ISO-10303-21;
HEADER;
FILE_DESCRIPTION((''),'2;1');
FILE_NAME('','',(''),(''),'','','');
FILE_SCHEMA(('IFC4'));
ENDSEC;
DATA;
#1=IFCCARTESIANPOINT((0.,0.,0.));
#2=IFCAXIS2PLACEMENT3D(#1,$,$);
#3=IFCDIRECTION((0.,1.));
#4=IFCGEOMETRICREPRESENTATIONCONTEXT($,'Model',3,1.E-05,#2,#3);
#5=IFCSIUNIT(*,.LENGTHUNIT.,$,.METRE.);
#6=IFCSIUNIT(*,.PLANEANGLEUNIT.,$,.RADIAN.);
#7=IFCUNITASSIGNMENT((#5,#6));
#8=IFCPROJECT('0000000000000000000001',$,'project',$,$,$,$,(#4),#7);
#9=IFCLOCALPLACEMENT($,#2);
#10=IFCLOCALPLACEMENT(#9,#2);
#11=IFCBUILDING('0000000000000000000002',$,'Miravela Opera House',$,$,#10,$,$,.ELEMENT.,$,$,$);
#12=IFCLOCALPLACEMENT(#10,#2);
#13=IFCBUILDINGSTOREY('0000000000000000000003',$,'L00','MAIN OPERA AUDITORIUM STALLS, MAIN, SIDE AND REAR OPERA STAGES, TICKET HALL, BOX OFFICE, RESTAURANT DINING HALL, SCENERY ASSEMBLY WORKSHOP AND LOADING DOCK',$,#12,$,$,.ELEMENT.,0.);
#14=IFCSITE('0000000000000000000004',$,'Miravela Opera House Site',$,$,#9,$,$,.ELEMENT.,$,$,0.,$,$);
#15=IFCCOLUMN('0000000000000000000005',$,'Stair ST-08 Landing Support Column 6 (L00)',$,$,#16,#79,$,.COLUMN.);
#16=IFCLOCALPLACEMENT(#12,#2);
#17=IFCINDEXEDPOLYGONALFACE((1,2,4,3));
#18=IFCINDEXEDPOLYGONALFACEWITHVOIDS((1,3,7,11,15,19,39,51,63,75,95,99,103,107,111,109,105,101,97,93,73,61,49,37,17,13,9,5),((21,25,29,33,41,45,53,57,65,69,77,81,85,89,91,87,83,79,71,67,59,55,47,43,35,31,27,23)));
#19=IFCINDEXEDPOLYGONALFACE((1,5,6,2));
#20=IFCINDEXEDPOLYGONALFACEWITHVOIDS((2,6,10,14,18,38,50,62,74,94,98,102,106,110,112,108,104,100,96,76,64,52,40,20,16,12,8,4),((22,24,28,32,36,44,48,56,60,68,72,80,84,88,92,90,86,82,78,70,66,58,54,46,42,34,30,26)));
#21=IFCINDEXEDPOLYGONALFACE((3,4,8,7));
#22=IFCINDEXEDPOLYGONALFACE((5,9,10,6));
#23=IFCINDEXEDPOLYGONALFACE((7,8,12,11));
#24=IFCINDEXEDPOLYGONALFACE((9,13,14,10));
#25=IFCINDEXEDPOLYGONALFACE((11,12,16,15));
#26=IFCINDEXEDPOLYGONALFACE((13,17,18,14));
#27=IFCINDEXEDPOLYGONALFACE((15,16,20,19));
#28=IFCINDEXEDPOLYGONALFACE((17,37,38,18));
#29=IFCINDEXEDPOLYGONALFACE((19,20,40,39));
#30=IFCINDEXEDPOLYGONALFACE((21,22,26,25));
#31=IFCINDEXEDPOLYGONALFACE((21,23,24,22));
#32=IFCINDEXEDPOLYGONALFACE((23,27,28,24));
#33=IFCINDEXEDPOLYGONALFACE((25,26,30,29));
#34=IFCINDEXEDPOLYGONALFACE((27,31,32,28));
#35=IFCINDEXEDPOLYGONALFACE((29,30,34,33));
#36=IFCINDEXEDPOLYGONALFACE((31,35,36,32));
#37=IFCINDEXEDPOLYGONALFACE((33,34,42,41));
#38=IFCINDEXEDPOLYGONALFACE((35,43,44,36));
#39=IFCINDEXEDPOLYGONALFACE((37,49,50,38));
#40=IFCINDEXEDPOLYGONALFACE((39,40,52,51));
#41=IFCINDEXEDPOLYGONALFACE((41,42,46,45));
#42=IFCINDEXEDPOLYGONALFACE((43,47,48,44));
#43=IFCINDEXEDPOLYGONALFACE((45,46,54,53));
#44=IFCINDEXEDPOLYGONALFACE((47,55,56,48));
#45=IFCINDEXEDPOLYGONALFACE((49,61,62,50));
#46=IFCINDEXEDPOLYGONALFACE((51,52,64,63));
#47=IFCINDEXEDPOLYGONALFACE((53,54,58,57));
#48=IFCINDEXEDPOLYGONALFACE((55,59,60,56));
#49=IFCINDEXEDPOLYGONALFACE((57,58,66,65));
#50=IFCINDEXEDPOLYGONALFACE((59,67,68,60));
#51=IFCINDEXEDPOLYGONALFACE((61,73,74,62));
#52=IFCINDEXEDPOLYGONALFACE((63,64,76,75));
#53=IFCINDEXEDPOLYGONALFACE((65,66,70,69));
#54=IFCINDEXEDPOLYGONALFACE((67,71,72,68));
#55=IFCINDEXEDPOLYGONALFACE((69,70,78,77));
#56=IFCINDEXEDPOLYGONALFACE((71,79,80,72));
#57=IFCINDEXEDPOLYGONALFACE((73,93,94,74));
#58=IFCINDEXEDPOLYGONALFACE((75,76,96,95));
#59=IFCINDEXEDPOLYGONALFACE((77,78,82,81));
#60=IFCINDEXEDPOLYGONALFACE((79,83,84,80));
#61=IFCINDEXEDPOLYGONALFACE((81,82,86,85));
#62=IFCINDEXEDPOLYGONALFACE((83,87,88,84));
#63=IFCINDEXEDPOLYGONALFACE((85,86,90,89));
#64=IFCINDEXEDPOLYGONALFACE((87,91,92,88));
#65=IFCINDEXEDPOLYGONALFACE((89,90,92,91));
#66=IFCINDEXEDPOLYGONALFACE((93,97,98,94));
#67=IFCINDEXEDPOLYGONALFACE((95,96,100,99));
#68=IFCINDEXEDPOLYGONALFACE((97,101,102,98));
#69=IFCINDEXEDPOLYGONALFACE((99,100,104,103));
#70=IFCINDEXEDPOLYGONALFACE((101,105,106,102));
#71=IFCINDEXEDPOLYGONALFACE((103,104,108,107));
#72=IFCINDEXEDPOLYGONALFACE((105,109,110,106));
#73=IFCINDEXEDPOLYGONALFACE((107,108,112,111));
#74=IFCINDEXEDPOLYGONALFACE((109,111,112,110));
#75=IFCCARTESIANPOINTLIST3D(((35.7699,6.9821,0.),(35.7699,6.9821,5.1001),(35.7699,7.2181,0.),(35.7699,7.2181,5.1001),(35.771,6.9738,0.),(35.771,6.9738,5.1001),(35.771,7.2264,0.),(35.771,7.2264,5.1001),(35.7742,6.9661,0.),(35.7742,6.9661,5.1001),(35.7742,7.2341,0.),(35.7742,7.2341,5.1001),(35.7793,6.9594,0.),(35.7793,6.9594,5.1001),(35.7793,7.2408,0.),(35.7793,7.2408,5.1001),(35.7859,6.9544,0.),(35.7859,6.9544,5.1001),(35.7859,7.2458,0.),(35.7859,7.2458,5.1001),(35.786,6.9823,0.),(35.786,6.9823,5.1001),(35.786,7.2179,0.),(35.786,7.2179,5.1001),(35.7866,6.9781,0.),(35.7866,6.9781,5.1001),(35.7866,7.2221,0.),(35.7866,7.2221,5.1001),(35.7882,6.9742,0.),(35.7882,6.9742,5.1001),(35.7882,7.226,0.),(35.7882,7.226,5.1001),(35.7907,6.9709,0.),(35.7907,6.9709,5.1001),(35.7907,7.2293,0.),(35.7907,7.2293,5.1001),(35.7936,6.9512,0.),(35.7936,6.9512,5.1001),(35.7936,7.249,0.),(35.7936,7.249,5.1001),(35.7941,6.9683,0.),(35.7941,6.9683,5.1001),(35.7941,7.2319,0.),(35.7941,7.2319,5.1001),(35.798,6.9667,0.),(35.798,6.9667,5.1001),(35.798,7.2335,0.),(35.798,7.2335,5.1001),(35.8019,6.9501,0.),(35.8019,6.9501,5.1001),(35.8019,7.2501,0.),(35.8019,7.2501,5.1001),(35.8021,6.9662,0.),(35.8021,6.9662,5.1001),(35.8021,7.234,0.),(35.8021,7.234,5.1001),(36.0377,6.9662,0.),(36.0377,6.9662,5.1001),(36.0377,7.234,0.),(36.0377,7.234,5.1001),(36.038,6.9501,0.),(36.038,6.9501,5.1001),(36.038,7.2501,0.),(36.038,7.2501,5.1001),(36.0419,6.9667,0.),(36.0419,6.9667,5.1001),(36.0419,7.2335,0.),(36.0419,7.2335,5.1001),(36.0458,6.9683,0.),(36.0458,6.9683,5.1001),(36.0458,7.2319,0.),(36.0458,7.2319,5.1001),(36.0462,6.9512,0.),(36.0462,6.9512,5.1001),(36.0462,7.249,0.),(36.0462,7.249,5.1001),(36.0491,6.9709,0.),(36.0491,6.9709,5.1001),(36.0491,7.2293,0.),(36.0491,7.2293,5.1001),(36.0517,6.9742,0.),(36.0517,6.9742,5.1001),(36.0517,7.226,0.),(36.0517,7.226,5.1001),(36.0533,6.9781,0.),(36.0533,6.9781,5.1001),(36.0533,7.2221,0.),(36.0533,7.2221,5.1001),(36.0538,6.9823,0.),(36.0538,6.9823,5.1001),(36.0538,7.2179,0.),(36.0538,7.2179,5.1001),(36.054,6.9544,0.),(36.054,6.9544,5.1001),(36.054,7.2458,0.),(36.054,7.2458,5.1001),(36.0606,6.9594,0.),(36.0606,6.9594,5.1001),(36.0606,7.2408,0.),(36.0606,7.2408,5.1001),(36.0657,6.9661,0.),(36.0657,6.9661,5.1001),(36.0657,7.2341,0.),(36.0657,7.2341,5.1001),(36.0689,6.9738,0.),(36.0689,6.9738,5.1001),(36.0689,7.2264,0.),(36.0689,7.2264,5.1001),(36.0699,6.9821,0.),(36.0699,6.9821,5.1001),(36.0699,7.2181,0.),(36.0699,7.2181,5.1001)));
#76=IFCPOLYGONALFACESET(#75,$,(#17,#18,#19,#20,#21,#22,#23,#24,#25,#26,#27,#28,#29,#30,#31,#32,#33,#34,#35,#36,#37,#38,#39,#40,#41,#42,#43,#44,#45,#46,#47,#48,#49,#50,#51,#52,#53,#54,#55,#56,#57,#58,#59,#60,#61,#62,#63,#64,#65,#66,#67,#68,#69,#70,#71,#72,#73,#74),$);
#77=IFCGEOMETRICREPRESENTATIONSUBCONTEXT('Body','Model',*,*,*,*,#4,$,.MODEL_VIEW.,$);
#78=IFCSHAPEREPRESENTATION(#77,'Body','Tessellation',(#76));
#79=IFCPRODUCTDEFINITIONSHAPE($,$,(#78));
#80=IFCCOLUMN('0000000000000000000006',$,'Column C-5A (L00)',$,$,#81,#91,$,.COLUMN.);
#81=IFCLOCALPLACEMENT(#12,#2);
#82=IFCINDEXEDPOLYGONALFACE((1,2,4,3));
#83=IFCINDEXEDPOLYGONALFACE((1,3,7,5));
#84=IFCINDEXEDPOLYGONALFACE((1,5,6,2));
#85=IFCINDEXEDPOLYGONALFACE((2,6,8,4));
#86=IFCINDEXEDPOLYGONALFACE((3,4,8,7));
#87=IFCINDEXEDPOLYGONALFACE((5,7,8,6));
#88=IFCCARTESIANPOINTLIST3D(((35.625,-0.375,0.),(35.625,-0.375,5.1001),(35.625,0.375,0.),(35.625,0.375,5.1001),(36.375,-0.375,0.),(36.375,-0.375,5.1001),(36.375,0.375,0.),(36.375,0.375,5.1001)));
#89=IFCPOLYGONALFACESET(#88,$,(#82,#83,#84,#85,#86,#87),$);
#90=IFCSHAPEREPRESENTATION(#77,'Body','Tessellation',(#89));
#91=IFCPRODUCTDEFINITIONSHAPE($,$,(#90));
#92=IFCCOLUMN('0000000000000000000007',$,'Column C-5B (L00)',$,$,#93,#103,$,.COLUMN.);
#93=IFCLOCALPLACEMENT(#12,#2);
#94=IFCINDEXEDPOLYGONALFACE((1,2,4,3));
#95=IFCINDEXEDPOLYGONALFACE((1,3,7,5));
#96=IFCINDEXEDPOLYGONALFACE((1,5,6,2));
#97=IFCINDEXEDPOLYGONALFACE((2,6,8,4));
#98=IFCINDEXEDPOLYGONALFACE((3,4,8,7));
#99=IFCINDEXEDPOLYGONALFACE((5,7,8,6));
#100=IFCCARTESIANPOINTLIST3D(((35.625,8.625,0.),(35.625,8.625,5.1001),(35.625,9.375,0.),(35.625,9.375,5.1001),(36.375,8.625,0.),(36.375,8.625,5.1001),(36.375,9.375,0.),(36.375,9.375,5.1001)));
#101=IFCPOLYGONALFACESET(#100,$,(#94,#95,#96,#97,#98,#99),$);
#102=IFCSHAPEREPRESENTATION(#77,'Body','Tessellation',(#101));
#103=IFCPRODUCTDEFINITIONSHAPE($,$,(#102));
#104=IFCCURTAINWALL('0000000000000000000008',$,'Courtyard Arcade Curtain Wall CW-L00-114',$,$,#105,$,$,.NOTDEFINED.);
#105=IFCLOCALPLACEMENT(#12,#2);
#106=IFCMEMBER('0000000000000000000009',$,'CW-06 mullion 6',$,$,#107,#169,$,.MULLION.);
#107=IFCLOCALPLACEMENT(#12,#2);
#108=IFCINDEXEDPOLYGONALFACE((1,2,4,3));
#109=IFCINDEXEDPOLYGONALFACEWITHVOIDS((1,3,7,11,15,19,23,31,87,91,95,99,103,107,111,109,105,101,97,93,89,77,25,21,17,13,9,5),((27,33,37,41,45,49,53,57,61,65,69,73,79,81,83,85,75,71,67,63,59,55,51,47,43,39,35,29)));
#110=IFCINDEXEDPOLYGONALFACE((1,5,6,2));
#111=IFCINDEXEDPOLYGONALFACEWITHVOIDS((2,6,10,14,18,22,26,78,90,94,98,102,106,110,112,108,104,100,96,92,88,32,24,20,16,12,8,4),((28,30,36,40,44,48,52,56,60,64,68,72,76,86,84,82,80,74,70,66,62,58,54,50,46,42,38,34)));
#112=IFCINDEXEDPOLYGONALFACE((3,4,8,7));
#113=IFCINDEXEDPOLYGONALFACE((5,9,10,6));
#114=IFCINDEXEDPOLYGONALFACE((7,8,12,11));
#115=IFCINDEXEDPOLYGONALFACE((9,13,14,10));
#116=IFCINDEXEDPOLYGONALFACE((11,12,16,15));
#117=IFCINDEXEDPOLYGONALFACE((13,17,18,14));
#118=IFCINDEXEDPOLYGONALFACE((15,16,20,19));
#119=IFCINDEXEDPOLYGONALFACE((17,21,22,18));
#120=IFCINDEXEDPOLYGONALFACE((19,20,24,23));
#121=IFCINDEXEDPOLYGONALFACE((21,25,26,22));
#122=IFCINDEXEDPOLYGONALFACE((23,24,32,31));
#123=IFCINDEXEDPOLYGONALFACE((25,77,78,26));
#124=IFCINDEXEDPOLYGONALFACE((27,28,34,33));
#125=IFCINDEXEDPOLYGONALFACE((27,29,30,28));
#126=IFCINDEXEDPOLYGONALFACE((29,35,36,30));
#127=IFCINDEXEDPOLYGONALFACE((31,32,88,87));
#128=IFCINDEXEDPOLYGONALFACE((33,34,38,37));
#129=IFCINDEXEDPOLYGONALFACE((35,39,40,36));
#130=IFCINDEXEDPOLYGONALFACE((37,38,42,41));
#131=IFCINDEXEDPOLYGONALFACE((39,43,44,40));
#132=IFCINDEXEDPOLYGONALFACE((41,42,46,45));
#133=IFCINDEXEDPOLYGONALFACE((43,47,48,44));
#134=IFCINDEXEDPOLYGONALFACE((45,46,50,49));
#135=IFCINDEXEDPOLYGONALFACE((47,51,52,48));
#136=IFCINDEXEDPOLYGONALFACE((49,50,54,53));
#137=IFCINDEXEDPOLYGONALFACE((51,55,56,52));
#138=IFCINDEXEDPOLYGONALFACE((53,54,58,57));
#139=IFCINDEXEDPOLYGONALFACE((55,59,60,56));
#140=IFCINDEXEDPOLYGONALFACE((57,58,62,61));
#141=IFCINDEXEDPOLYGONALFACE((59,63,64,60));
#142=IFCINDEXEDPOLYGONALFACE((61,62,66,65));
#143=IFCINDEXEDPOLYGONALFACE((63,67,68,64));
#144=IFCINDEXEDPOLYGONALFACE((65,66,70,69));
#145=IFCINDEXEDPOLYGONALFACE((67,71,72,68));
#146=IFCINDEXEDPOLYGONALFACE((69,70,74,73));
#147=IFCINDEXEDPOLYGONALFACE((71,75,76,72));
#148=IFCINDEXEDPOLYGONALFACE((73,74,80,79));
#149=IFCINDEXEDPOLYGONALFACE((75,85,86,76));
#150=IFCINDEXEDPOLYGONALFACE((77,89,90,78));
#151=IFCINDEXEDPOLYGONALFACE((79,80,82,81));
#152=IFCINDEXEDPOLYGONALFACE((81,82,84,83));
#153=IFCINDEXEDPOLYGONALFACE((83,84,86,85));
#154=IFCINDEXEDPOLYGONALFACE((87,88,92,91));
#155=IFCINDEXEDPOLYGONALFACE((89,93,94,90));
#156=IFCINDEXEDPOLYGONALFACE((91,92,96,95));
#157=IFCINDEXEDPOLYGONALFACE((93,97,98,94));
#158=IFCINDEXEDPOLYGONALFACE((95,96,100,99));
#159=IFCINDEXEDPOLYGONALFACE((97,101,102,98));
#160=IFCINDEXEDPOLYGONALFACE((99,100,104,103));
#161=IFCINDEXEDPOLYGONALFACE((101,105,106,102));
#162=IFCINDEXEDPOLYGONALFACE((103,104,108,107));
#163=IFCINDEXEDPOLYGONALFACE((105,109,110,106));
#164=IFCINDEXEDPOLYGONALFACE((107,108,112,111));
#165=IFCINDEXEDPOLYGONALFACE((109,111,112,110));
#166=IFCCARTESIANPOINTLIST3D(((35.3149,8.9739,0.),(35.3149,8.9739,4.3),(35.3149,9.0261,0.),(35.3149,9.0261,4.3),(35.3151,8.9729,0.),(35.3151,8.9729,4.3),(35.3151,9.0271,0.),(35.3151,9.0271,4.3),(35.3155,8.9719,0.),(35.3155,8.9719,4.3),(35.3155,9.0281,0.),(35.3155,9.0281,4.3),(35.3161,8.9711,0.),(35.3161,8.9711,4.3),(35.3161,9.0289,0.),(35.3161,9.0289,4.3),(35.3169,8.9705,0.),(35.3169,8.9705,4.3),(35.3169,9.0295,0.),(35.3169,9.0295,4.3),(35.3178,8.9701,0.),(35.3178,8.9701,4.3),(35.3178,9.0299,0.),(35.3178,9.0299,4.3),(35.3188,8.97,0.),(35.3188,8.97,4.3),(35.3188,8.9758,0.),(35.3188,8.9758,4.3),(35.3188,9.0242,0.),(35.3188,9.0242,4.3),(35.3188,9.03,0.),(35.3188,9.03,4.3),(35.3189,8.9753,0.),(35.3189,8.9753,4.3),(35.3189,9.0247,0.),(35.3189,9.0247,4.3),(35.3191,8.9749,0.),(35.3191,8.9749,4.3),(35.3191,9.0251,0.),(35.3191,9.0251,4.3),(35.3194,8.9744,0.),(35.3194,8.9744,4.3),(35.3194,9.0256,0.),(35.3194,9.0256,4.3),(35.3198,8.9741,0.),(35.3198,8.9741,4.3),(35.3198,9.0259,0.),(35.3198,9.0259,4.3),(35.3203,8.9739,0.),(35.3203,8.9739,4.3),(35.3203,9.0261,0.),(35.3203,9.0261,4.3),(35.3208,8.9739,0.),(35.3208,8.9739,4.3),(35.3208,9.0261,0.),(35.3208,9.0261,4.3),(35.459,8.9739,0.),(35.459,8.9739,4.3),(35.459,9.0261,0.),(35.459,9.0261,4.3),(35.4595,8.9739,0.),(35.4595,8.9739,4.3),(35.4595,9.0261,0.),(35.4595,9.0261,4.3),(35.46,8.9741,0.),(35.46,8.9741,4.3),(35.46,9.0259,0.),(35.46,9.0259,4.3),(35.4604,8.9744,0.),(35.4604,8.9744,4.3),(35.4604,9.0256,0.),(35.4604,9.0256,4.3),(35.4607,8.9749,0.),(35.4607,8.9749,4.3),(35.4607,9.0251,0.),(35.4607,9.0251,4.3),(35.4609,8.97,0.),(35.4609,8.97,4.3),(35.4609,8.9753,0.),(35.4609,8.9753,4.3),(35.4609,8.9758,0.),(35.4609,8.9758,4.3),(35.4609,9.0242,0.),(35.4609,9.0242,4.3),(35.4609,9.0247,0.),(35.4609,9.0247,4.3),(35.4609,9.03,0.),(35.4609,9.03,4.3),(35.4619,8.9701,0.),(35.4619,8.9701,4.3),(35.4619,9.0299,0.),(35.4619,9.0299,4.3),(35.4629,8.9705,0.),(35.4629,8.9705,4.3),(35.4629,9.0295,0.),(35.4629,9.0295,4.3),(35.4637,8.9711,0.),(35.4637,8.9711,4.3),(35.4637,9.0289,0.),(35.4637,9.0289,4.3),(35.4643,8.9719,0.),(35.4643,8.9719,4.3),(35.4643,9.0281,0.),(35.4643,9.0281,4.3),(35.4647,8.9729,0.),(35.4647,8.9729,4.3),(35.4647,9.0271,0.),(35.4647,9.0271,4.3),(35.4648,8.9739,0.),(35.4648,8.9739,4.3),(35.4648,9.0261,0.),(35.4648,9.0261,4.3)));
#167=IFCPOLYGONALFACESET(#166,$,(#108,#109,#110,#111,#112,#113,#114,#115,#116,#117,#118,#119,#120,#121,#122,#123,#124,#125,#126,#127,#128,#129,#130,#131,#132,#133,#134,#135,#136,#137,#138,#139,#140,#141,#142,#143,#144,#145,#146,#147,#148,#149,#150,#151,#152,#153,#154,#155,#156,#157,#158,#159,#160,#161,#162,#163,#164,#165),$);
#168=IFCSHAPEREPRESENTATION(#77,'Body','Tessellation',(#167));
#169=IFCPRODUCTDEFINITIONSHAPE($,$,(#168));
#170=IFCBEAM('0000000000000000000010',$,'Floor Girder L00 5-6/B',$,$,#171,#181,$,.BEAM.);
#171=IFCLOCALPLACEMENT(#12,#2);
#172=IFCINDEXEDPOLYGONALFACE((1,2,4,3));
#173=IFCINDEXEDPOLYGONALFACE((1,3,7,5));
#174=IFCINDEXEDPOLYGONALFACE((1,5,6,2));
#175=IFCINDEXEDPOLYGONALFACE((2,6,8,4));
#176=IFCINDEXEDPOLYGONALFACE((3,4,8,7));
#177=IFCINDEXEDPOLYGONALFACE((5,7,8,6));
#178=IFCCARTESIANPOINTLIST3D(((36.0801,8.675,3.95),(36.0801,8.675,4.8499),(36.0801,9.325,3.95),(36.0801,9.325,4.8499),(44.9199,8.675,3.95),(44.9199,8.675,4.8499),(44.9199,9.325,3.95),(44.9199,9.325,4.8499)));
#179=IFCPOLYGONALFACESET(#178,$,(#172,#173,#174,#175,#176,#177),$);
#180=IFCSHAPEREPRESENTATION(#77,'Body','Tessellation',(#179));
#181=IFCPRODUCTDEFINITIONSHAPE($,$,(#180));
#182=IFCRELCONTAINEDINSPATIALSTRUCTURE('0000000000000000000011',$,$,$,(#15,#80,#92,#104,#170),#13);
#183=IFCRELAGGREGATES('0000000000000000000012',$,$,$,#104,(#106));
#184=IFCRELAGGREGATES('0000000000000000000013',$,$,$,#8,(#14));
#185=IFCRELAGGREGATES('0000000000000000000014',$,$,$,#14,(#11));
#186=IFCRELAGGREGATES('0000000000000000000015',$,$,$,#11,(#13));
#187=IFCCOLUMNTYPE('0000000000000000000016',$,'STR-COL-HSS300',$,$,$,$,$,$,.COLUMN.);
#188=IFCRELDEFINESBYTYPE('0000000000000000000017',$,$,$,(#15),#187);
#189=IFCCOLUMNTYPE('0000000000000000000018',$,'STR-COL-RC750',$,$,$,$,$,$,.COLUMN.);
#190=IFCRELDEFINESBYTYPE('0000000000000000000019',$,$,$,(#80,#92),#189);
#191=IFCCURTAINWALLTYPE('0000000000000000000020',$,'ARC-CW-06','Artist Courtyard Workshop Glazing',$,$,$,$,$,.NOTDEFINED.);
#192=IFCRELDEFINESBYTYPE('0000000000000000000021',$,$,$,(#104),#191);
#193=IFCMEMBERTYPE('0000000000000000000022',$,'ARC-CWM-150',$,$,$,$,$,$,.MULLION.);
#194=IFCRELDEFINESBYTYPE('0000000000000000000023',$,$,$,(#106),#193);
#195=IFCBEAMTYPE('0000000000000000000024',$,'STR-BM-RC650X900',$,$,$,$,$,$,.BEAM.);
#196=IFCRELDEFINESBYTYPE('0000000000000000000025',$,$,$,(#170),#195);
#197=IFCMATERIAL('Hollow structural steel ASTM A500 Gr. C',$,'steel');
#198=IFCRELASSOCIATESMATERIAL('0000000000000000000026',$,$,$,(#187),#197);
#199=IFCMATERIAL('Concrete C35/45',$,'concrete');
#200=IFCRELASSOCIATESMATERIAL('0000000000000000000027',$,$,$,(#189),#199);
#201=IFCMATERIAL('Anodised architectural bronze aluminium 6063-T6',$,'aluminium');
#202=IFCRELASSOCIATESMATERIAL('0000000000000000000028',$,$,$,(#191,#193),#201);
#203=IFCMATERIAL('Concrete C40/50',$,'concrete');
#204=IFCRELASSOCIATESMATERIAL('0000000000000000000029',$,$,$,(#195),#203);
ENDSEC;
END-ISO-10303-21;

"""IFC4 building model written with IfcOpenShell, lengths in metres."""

from ifc_helpers import new_model, si_unit, direction, frame, origin, origin_2d, place, context, subcontext, project, spatial, rectangle, hollow_rectangle, extrude, material, material_profile, profile_set, type_object, element, aggregate, save


model = new_model("IFC4")

# Units and contexts
model_context = context("Model", 3, precision=1e-05, world=origin(), true_north=direction((0.0, 1.0)))
body_context = subcontext(model_context, "Body", "Model", "MODEL_VIEW")
ifc_project = project(units=[si_unit("LENGTHUNIT", "METRE"), si_unit("PLANEANGLEUNIT", "RADIAN")], contexts=[model_context])

# Site, building, storey
site_placement = place(None, origin())
site = spatial("IfcSite", under=ifc_project, at=site_placement, Name="Miravela Opera House Site", CompositionType="ELEMENT", RefElevation=0.0)
building_placement = place(site_placement, origin())
building = spatial("IfcBuilding", under=site, at=building_placement, Name="Miravela Opera House", CompositionType="ELEMENT")
storey_placement = place(building_placement, origin())
storey = spatial("IfcBuildingStorey", under=building, at=storey_placement, Name="L00", Description="MAIN OPERA AUDITORIUM STALLS, MAIN, SIDE AND REAR OPERA STAGES, TICKET HALL, BOX OFFICE, RESTAURANT DINING HALL, SCENERY ASSEMBLY WORKSHOP AND LOADING DOCK", CompositionType="ELEMENT", Elevation=0.0)

# Columns
ifc_material_1 = material(Name="Hollow structural steel ASTM A500 Gr. C", Category="steel")
ifc_material_profile_1 = material_profile(ifc_material_1, hollow_rectangle(XDim=0.3, YDim=0.3, WallThickness=0.0161, InnerFilletRadius=0.0161, OuterFilletRadius=0.032, at=origin_2d()), Name="HSS300X300X16")
ifc_profile_set_1 = profile_set([ifc_material_profile_1])
column_type_1 = type_object("IfcColumnType", Name="STR-COL-HSS300", PredefinedType="COLUMN", material=ifc_profile_set_1)
for number, where, z_axis, x_axis, name in (
    (1, (35.9199, 7.1001, 0.0), (0.0, 0.0, 1.0), (1.0, 0.0, 0.0), "Stair ST-08 Landing Support Column 6 (L00)"),
):
    element("IfcColumn", number, at=place(storey_placement, frame(where, z_axis=z_axis, x_axis=x_axis)), inside=storey, type_object=column_type_1, Name=name, PredefinedType="COLUMN", context=body_context, shape_type="SweptSolid", body=[
        extrude(hollow_rectangle(XDim=0.3, YDim=0.3, WallThickness=0.0161, InnerFilletRadius=0.0161, OuterFilletRadius=0.032, at=origin_2d()), origin(), (0.0, 0.0, 1.0), 5.1001),
    ])
ifc_material_2 = material(Name="Concrete C35/45", Category="concrete")
ifc_material_profile_2 = material_profile(ifc_material_2, rectangle(XDim=0.75, YDim=0.75, at=origin_2d()), Name="RC-COL-750X750")
ifc_profile_set_2 = profile_set([ifc_material_profile_2])
column_type_2 = type_object("IfcColumnType", Name="STR-COL-RC750", PredefinedType="COLUMN", material=ifc_profile_set_2)
for number, where, z_axis, x_axis, name in (
    (2, (36.0, 0.0, 0.0), (0.0, 0.0, 1.0), (1.0, 0.0, 0.0), "Column C-5A (L00)"),
    (3, (36.0, 9.0, 0.0), (0.0, 0.0, 1.0), (1.0, 0.0, 0.0), "Column C-5B (L00)"),
):
    element("IfcColumn", number, at=place(storey_placement, frame(where, z_axis=z_axis, x_axis=x_axis)), inside=storey, type_object=column_type_2, Name=name, PredefinedType="COLUMN", context=body_context, shape_type="SweptSolid", body=[
        extrude(rectangle(XDim=0.75, YDim=0.75, at=origin_2d()), origin(), (0.0, 0.0, 1.0), 5.1001),
    ])

# Curtain wall, member
ifc_material_3 = material(Name="Anodised architectural bronze aluminium 6063-T6", Category="aluminium")
curtain_wall_type = type_object("IfcCurtainWallType", Name="ARC-CW-06", Description="Artist Courtyard Workshop Glazing", PredefinedType="NOTDEFINED", material=ifc_material_3)
curtain_wall_placement = place(storey_placement, origin())
curtain_wall = element("IfcCurtainWall", 4, at=curtain_wall_placement, inside=storey, type_object=curtain_wall_type, Name="Courtyard Arcade Curtain Wall CW-L00-114", PredefinedType="NOTDEFINED")
ifc_material_profile_3 = material_profile(ifc_material_3, hollow_rectangle(XDim=0.0601, YDim=0.1499, WallThickness=0.0039, InnerFilletRadius=0.002, OuterFilletRadius=0.0039, at=origin_2d()), Name="CWM-60X150")
ifc_profile_set_3 = profile_set([ifc_material_profile_3])
member_type_1 = type_object("IfcMemberType", Name="ARC-CWM-150", PredefinedType="MULLION", material=ifc_profile_set_3)
member_1_placement = place(storey_placement, frame((35.3899, 9.0, 0.0), z_axis=(0.0, 0.0, 1.0), x_axis=(0.0, 1.0, 0.0)))
member_1 = element("IfcMember", 5, at=member_1_placement, type_object=member_type_1, Name="CW-06 mullion 6", PredefinedType="MULLION", context=body_context, shape_type="SweptSolid", body=[
    extrude(hollow_rectangle(XDim=0.0601, YDim=0.1499, WallThickness=0.0039, InnerFilletRadius=0.002, OuterFilletRadius=0.0039, at=origin_2d()), origin(), (0.0, 0.0, 1.0), 4.3),
])

# Beam
ifc_material_4 = material(Name="Concrete C40/50", Category="concrete")
ifc_material_profile_4 = material_profile(ifc_material_4, rectangle(XDim=0.6499, YDim=0.8999, at=origin_2d()), Name="RC-BM-650X900")
ifc_profile_set_4 = profile_set([ifc_material_profile_4])
beam_type_1 = type_object("IfcBeamType", Name="STR-BM-RC650X900", PredefinedType="BEAM", material=ifc_profile_set_4)
beam_1_placement = place(storey_placement, frame((36.0801, 9.0, 4.3999), z_axis=(1.0, 0.0, 0.0), x_axis=(0.0, 1.0, 0.0)))
element("IfcBeam", 6, at=beam_1_placement, inside=storey, type_object=beam_type_1, Name="Floor Girder L00 5-6/B", PredefinedType="BEAM", context=body_context, shape_type="SweptSolid", body=[
    extrude(rectangle(XDim=0.6499, YDim=0.8999, at=origin_2d()), origin(), (0.0, 0.0, 1.0), 8.8398),
])

aggregate(curtain_wall, [member_1])

save(model, "model.ifc")
